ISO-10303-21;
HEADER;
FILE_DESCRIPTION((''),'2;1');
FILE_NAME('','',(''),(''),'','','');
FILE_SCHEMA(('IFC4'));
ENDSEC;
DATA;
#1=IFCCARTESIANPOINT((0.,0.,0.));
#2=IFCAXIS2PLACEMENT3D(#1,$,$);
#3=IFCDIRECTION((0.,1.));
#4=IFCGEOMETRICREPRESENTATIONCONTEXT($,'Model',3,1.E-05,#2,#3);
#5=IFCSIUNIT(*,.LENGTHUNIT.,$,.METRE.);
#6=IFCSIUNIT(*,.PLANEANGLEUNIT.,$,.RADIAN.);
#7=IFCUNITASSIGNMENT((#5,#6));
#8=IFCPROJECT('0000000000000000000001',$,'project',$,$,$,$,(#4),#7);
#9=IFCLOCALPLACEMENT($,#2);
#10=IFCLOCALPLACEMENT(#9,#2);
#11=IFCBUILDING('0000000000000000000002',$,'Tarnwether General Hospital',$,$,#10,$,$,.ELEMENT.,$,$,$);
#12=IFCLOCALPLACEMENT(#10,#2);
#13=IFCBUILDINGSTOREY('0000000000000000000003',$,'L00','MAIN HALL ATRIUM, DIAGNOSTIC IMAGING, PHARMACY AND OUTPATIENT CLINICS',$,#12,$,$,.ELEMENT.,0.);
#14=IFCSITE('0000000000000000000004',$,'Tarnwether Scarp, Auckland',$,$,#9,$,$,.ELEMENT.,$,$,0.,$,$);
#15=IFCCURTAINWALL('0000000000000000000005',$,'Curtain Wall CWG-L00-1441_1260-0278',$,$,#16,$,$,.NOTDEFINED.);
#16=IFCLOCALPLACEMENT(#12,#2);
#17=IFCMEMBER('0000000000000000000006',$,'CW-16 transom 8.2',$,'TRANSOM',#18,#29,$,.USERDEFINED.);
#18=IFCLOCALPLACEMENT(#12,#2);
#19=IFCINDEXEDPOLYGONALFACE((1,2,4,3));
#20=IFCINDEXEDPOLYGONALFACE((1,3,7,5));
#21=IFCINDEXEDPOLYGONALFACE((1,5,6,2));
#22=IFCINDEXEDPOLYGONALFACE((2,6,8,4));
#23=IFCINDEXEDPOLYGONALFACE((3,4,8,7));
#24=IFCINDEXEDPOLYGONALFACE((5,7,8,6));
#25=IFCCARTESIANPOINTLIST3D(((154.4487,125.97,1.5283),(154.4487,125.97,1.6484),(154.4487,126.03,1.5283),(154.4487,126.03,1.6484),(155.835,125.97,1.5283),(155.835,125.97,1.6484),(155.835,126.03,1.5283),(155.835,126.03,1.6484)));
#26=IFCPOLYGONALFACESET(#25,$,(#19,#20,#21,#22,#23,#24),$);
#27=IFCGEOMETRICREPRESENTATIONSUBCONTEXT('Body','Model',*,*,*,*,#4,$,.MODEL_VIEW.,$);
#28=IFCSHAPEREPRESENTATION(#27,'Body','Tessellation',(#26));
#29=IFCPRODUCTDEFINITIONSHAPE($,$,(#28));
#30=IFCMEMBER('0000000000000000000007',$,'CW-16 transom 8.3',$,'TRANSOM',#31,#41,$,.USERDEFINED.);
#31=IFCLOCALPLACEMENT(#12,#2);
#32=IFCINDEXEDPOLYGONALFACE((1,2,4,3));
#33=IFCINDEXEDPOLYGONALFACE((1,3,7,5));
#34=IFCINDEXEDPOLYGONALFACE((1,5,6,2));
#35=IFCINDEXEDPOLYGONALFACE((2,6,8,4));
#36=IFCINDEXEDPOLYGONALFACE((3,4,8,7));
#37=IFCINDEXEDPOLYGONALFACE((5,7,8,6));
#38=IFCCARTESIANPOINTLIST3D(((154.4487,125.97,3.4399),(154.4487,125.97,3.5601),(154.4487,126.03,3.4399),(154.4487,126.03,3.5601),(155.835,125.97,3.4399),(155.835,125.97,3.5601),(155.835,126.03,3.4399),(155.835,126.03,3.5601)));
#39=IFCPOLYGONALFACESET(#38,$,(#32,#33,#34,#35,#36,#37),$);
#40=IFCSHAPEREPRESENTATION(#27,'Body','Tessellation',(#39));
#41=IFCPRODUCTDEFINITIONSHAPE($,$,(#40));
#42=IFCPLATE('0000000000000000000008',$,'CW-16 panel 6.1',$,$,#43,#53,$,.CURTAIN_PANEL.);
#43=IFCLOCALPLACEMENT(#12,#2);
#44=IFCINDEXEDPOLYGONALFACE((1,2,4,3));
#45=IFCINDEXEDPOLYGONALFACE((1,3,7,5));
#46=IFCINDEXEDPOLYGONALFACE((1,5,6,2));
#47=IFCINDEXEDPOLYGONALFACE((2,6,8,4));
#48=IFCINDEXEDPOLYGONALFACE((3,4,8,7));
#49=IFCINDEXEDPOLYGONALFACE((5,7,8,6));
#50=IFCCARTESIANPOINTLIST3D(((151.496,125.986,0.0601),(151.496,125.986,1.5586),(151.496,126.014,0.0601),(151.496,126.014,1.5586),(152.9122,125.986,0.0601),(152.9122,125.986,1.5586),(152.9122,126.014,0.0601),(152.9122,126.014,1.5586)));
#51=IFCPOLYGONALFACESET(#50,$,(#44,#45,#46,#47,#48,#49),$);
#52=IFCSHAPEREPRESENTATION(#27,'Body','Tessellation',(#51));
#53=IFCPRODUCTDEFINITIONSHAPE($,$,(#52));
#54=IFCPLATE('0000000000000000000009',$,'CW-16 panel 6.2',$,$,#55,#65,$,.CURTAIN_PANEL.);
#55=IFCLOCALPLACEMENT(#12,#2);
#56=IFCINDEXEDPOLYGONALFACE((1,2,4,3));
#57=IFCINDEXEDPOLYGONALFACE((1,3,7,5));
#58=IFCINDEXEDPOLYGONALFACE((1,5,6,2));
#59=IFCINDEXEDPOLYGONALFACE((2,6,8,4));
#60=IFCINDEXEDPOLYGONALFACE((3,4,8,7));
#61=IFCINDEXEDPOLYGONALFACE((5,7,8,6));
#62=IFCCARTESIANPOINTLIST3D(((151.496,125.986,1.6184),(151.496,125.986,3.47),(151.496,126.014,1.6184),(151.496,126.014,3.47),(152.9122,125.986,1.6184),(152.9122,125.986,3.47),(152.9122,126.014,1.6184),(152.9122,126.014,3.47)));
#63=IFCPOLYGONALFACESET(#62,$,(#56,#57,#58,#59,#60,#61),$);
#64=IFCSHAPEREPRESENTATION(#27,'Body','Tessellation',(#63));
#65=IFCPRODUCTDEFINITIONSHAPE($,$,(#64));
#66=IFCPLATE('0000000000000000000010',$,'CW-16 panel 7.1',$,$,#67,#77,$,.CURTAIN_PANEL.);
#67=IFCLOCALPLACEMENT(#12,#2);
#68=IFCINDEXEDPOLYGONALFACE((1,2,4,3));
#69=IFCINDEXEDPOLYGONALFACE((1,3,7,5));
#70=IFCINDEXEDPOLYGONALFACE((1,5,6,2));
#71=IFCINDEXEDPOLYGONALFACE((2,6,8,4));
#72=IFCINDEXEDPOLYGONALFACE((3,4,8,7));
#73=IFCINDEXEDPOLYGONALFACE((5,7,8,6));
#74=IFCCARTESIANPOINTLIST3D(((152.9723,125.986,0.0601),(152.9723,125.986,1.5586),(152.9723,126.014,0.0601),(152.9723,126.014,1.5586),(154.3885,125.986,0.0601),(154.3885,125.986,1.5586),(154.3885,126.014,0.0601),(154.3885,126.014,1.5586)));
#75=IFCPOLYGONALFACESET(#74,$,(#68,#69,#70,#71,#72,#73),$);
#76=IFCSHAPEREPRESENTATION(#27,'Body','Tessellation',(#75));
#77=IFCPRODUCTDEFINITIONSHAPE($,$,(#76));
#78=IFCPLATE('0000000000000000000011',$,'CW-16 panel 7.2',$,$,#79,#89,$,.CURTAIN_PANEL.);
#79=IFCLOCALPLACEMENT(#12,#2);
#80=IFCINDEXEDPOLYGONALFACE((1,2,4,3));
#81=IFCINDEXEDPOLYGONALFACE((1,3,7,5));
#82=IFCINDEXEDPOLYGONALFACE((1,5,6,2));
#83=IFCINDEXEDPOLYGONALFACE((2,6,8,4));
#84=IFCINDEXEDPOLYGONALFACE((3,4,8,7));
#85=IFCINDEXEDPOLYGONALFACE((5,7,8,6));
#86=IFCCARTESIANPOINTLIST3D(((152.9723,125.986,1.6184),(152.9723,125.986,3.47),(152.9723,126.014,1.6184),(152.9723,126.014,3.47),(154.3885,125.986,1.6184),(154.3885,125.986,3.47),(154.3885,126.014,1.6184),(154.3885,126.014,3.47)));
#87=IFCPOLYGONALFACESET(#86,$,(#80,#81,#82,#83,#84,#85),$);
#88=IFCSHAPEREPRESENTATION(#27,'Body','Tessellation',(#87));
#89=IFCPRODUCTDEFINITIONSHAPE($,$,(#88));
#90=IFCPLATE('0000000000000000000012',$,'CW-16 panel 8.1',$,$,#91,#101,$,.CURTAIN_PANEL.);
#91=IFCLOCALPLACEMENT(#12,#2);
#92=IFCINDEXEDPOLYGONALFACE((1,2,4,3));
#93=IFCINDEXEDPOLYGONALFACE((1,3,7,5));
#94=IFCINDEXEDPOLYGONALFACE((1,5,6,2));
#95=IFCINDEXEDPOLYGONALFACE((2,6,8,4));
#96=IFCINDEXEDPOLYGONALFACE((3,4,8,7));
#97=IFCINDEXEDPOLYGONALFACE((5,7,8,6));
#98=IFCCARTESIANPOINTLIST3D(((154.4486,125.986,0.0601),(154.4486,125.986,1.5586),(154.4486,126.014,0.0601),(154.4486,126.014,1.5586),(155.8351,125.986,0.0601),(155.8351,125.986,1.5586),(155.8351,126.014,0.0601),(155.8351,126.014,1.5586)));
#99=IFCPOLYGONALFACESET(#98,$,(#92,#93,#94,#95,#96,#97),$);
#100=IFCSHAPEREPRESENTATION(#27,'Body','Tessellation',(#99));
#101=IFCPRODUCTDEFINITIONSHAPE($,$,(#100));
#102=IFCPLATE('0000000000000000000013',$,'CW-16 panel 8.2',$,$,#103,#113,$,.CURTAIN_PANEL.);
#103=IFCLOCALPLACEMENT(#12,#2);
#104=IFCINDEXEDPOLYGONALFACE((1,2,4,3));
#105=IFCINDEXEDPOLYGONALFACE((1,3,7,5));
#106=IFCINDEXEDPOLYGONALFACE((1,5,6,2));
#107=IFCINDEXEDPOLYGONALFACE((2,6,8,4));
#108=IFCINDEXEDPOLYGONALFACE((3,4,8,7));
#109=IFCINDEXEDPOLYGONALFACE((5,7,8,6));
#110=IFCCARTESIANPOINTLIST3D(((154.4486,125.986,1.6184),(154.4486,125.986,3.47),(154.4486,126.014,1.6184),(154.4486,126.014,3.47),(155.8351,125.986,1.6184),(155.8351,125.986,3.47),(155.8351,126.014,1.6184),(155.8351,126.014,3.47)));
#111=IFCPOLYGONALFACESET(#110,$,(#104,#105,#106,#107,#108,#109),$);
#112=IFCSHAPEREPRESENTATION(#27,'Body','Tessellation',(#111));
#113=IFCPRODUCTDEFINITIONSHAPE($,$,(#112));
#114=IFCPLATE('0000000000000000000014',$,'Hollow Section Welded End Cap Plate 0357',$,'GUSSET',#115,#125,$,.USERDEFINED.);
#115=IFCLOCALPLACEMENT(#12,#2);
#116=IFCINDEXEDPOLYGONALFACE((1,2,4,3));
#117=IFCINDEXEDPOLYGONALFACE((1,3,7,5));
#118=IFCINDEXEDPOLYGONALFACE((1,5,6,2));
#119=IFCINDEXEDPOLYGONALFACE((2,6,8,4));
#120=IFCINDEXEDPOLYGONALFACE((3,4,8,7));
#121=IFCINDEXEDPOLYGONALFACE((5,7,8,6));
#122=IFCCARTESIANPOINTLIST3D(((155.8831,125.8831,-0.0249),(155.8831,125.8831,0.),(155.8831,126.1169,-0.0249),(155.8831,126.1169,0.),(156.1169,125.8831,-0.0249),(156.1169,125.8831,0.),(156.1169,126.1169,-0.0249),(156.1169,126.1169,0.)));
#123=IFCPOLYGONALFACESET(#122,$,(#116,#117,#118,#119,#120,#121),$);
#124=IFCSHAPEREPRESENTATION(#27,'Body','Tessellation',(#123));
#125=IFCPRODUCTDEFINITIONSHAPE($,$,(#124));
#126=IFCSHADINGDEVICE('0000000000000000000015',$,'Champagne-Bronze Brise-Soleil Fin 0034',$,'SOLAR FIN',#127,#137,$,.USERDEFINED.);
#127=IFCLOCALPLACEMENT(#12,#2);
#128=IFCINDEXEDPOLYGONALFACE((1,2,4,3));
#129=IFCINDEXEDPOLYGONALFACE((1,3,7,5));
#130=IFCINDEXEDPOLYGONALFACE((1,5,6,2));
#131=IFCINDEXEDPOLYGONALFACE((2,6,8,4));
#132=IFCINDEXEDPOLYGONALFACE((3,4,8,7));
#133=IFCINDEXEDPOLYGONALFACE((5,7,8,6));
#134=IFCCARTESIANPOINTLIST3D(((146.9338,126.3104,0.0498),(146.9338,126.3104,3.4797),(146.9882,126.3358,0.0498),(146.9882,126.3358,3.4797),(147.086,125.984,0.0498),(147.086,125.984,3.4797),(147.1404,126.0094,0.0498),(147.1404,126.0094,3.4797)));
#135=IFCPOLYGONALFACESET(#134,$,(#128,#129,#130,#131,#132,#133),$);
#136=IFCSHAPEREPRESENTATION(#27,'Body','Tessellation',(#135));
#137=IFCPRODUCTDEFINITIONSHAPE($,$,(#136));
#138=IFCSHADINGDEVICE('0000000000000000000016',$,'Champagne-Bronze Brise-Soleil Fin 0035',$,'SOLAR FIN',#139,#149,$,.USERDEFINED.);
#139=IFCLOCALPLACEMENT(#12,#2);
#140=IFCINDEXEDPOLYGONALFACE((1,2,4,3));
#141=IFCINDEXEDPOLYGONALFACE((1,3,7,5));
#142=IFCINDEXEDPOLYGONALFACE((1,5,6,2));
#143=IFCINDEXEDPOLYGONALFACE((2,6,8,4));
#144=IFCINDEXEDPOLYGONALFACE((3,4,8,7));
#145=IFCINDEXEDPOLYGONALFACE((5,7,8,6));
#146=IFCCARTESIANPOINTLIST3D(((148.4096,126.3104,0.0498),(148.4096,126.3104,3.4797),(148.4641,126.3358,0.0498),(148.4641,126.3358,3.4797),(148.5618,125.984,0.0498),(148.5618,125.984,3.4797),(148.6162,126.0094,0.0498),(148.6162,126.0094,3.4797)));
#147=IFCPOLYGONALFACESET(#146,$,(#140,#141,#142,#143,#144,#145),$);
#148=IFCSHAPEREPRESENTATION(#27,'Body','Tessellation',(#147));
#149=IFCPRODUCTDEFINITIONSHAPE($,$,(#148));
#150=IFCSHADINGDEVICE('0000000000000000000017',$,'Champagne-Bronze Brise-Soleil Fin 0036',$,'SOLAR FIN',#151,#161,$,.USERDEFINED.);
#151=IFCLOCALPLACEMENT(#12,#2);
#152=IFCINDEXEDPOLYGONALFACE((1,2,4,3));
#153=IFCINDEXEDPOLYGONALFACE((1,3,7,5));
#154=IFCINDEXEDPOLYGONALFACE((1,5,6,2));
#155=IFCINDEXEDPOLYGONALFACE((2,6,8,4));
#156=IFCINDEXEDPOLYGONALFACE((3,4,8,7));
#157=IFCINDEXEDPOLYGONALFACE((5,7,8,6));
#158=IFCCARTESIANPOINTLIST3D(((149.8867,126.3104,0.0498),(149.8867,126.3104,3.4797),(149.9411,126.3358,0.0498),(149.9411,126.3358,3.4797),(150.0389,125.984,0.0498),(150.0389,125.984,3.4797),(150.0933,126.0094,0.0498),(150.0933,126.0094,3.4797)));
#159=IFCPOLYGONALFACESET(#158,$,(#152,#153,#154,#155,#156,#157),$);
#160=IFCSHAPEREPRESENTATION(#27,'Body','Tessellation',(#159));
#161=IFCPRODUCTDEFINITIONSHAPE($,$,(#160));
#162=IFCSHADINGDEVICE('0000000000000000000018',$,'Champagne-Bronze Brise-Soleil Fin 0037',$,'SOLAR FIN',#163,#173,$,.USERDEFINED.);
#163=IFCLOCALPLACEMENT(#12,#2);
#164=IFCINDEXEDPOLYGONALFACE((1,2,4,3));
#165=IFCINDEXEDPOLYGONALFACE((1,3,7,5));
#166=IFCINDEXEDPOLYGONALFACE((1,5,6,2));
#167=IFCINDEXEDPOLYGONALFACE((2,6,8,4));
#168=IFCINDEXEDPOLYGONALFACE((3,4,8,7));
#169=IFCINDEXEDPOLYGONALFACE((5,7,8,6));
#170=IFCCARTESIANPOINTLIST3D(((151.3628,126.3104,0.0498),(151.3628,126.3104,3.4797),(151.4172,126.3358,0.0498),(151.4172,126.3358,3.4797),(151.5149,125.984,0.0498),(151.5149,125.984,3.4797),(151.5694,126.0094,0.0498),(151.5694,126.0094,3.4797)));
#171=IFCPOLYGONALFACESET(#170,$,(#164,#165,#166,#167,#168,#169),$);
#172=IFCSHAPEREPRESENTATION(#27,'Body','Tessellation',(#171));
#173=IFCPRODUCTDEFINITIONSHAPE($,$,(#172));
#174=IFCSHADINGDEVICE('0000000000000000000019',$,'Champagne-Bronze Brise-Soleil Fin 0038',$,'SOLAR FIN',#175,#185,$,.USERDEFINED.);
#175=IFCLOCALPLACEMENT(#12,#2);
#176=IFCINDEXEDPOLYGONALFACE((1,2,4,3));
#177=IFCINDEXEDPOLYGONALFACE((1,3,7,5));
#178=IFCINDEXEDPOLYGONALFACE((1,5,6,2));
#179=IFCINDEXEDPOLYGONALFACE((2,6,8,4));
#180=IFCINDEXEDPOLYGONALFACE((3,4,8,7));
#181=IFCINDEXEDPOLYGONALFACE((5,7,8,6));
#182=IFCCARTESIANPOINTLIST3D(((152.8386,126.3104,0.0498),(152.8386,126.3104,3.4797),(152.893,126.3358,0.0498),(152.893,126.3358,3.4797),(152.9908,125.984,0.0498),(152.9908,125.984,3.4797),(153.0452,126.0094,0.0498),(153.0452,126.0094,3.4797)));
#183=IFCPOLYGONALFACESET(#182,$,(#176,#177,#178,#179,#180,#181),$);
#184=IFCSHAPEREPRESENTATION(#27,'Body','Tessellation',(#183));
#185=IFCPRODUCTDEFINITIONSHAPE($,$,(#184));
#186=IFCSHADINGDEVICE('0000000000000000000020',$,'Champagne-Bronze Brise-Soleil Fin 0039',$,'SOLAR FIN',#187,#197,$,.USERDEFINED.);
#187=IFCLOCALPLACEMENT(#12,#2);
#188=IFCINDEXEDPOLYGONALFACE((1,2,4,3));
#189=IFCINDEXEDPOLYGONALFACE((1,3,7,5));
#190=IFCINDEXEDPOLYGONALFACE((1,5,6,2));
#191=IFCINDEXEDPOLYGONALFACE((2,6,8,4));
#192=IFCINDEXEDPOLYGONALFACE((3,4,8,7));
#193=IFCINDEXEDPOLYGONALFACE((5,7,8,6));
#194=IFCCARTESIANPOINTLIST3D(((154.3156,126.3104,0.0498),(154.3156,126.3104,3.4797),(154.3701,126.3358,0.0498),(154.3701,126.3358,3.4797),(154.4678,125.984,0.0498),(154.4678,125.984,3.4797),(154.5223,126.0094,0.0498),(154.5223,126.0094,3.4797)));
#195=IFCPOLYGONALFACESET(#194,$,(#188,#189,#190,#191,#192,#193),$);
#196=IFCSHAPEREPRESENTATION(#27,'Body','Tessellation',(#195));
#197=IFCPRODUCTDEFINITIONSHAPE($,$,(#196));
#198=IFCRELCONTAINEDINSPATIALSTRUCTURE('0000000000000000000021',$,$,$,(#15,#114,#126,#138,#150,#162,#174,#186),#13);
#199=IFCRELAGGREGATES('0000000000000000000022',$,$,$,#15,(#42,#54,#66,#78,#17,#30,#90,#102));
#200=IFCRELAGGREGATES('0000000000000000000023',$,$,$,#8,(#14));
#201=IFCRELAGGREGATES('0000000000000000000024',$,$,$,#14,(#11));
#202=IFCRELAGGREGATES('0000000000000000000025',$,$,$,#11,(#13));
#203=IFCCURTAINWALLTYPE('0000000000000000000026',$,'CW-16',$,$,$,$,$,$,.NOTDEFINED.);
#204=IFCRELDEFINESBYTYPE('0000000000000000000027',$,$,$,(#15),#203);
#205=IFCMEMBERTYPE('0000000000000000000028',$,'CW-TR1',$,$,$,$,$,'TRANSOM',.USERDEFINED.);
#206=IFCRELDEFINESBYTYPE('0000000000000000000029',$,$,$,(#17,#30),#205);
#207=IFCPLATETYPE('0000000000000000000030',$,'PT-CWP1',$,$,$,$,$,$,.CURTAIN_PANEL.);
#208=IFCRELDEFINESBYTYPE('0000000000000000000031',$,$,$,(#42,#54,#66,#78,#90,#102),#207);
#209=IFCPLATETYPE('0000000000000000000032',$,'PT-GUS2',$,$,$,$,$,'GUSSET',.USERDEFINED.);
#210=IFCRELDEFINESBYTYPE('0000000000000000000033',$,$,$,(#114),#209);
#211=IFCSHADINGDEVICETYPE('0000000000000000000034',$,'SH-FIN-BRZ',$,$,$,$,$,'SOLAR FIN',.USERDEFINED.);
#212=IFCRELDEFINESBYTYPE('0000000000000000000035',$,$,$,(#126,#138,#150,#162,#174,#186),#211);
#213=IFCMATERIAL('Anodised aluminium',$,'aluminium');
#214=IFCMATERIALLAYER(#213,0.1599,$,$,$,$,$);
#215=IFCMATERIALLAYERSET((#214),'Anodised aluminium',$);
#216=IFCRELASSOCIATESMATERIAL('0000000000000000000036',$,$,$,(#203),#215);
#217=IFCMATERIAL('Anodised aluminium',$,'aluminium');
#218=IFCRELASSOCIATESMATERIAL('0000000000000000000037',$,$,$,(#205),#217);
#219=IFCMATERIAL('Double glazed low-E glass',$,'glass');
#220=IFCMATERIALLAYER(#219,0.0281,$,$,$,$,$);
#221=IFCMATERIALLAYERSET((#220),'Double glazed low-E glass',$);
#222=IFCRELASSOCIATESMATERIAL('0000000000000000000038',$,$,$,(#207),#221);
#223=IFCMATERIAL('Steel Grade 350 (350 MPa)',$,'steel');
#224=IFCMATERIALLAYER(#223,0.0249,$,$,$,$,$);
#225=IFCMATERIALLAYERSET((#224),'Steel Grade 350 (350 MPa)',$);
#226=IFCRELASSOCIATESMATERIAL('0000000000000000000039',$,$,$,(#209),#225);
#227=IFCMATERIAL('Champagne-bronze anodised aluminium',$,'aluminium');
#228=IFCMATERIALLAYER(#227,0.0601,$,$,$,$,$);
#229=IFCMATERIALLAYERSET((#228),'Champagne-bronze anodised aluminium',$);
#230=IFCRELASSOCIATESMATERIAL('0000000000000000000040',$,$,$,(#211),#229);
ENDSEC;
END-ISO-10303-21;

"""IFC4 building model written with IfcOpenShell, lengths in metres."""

from ifc_helpers import new_model, si_unit, direction, frame, origin, origin_2d, place, context, subcontext, project, spatial, rectangle, extrude, material, layer, layer_set, material_profile, profile_set, type_object, element, aggregate, save


model = new_model("IFC4")

# Units and contexts
model_context = context("Model", 3, precision=1e-05, world=origin(), true_north=direction((0.0, 1.0)))
body_context = subcontext(model_context, "Body", "Model", "MODEL_VIEW")
ifc_project = project(units=[si_unit("LENGTHUNIT", "METRE"), si_unit("PLANEANGLEUNIT", "RADIAN")], contexts=[model_context])

# Site, building, storey
site_placement = place(None, origin())
site = spatial("IfcSite", under=ifc_project, at=site_placement, Name="Tarnwether Scarp, Auckland", CompositionType="ELEMENT", RefElevation=0.0)
building_placement = place(site_placement, origin())
building = spatial("IfcBuilding", under=site, at=building_placement, Name="Tarnwether General Hospital", CompositionType="ELEMENT")
storey_placement = place(building_placement, origin())
storey = spatial("IfcBuildingStorey", under=building, at=storey_placement, Name="L00", Description="MAIN HALL ATRIUM, DIAGNOSTIC IMAGING, PHARMACY AND OUTPATIENT CLINICS", CompositionType="ELEMENT", Elevation=0.0)

# Curtain wall, members, plates
ifc_material_1 = material(Name="Anodised aluminium", Category="aluminium")
ifc_layer_1 = layer(ifc_material_1, 0.1599)
ifc_layer_set_1 = layer_set([ifc_layer_1], Name="Anodised aluminium")
curtain_wall_type = type_object("IfcCurtainWallType", Name="CW-16", PredefinedType="NOTDEFINED", material=ifc_layer_set_1)
curtain_wall_placement = place(storey_placement, origin())
curtain_wall = element("IfcCurtainWall", 1, at=curtain_wall_placement, inside=storey, type_object=curtain_wall_type, Name="Curtain Wall CWG-L00-1441_1260-0278", PredefinedType="NOTDEFINED")
ifc_material_2 = material(Name="Anodised aluminium", Category="aluminium")
ifc_material_profile_1 = material_profile(ifc_material_2, rectangle(XDim=0.0601, YDim=0.1201, at=origin_2d()), Name="ALU-TRN-60x120")
ifc_profile_set_1 = profile_set([ifc_material_profile_1], Name="Anodised aluminium")
member_type_1 = type_object("IfcMemberType", Name="CW-TR1", ElementType="TRANSOM", PredefinedType="USERDEFINED", material=ifc_profile_set_1)
member_1_placement = place(storey_placement, frame((154.4487, 126.0, 1.5884), z_axis=(1.0, 0.0, 0.0), x_axis=(0.0, 1.0, 0.0)))
member_1 = element("IfcMember", 2, at=member_1_placement, type_object=member_type_1, Name="CW-16 transom 8.2", ObjectType="TRANSOM", PredefinedType="USERDEFINED", context=body_context, shape_type="SweptSolid", body=[
    extrude(rectangle(XDim=0.0601, YDim=0.1201, at=origin_2d()), origin(), (0.0, 0.0, 1.0), 1.3862),
])
member_2_placement = place(storey_placement, frame((154.4487, 126.0, 3.5), z_axis=(1.0, 0.0, 0.0), x_axis=(0.0, 1.0, 0.0)))
member_2 = element("IfcMember", 3, at=member_2_placement, type_object=member_type_1, Name="CW-16 transom 8.3", ObjectType="TRANSOM", PredefinedType="USERDEFINED", context=body_context, shape_type="SweptSolid", body=[
    extrude(rectangle(XDim=0.0601, YDim=0.1201, at=origin_2d()), origin(), (0.0, 0.0, 1.0), 1.3862),
])
ifc_material_3 = material(Name="Double glazed low-E glass", Category="glass")
ifc_layer_2 = layer(ifc_material_3, 0.0281)
ifc_layer_set_2 = layer_set([ifc_layer_2], Name="Double glazed low-E glass")
plate_type_1 = type_object("IfcPlateType", Name="PT-CWP1", PredefinedType="CURTAIN_PANEL", material=ifc_layer_set_2)
plate_1_placement = place(storey_placement, frame((152.2041, 126.0, 0.0601), z_axis=(0.0, 0.0, 1.0), x_axis=(1.0, 0.0, 0.0)))
plate_1 = element("IfcPlate", 4, at=plate_1_placement, type_object=plate_type_1, Name="CW-16 panel 6.1", PredefinedType="CURTAIN_PANEL", context=body_context, shape_type="SweptSolid", body=[
    extrude(rectangle(XDim=1.4163, YDim=0.0281, at=origin_2d()), origin(), (0.0, 0.0, 1.0), 1.4985),
])
plate_2_placement = place(storey_placement, frame((152.2041, 126.0, 1.6184), z_axis=(0.0, 0.0, 1.0), x_axis=(1.0, 0.0, 0.0)))
plate_2 = element("IfcPlate", 5, at=plate_2_placement, type_object=plate_type_1, Name="CW-16 panel 6.2", PredefinedType="CURTAIN_PANEL", context=body_context, shape_type="SweptSolid", body=[
    extrude(rectangle(XDim=1.4163, YDim=0.0281, at=origin_2d()), origin(), (0.0, 0.0, 1.0), 1.8516),
])
plate_3_placement = place(storey_placement, frame((153.6804, 126.0, 0.0601), z_axis=(0.0, 0.0, 1.0), x_axis=(1.0, 0.0, 0.0)))
plate_3 = element("IfcPlate", 6, at=plate_3_placement, type_object=plate_type_1, Name="CW-16 panel 7.1", PredefinedType="CURTAIN_PANEL", context=body_context, shape_type="SweptSolid", body=[
    extrude(rectangle(XDim=1.4163, YDim=0.0281, at=origin_2d()), origin(), (0.0, 0.0, 1.0), 1.4985),
])
plate_4_placement = place(storey_placement, frame((153.6804, 126.0, 1.6184), z_axis=(0.0, 0.0, 1.0), x_axis=(1.0, 0.0, 0.0)))
plate_4 = element("IfcPlate", 7, at=plate_4_placement, type_object=plate_type_1, Name="CW-16 panel 7.2", PredefinedType="CURTAIN_PANEL", context=body_context, shape_type="SweptSolid", body=[
    extrude(rectangle(XDim=1.4163, YDim=0.0281, at=origin_2d()), origin(), (0.0, 0.0, 1.0), 1.8516),
])
plate_5_placement = place(storey_placement, frame((155.1418, 126.0, 0.0601), z_axis=(0.0, 0.0, 1.0), x_axis=(1.0, 0.0, 0.0)))
plate_5 = element("IfcPlate", 8, at=plate_5_placement, type_object=plate_type_1, Name="CW-16 panel 8.1", PredefinedType="CURTAIN_PANEL", context=body_context, shape_type="SweptSolid", body=[
    extrude(rectangle(XDim=1.3865, YDim=0.0281, at=origin_2d()), origin(), (0.0, 0.0, 1.0), 1.4985),
])
plate_6_placement = place(storey_placement, frame((155.1418, 126.0, 1.6184), z_axis=(0.0, 0.0, 1.0), x_axis=(1.0, 0.0, 0.0)))
plate_6 = element("IfcPlate", 9, at=plate_6_placement, type_object=plate_type_1, Name="CW-16 panel 8.2", PredefinedType="CURTAIN_PANEL", context=body_context, shape_type="SweptSolid", body=[
    extrude(rectangle(XDim=1.3865, YDim=0.0281, at=origin_2d()), origin(), (0.0, 0.0, 1.0), 1.8516),
])
aggregate(curtain_wall, [plate_1, plate_2, plate_3, plate_4, member_1, member_2, plate_5, plate_6])

# Plate
ifc_material_4 = material(Name="Steel Grade 350 (350 MPa)", Category="steel")
ifc_layer_3 = layer(ifc_material_4, 0.0249)
ifc_layer_set_3 = layer_set([ifc_layer_3], Name="Steel Grade 350 (350 MPa)")
plate_type_2 = type_object("IfcPlateType", Name="PT-GUS2", ElementType="GUSSET", PredefinedType="USERDEFINED", material=ifc_layer_set_3)
plate_7_placement = place(storey_placement, frame((156.0, 126.0, -0.0249), z_axis=(0.0, 0.0, 1.0), x_axis=(1.0, 0.0, 0.0)))
element("IfcPlate", 10, at=plate_7_placement, inside=storey, type_object=plate_type_2, Name="Hollow Section Welded End Cap Plate 0357", ObjectType="GUSSET", PredefinedType="USERDEFINED", context=body_context, shape_type="SweptSolid", body=[
    extrude(rectangle(XDim=0.2339, YDim=0.2339, at=origin_2d()), origin(), (0.0, 0.0, 1.0), 0.0249),
])

# Shading devices
ifc_material_5 = material(Name="Champagne-bronze anodised aluminium", Category="aluminium")
ifc_layer_4 = layer(ifc_material_5, 0.0601)
ifc_layer_set_4 = layer_set([ifc_layer_4], Name="Champagne-bronze anodised aluminium")
shading_device_type = type_object("IfcShadingDeviceType", Name="SH-FIN-BRZ", ElementType="SOLAR FIN", PredefinedType="USERDEFINED", material=ifc_layer_set_4)
for number, where, z_axis, x_axis, name in (
    (11, (147.0371, 126.1599, 0.0498), (0.0, 0.0, 1.0), (0.906308, 0.422618, 0.0), "Champagne-Bronze Brise-Soleil Fin 0034"),
    (12, (148.5129, 126.1599, 0.0498), (0.0, 0.0, 1.0), (0.906308, 0.422618, 0.0), "Champagne-Bronze Brise-Soleil Fin 0035"),
    (13, (149.99, 126.1599, 0.0498), (0.0, 0.0, 1.0), (0.906308, 0.422618, 0.0), "Champagne-Bronze Brise-Soleil Fin 0036"),
    (14, (151.4661, 126.1599, 0.0498), (0.0, 0.0, 1.0), (0.906308, 0.422618, 0.0), "Champagne-Bronze Brise-Soleil Fin 0037"),
    (15, (152.9419, 126.1599, 0.0498), (0.0, 0.0, 1.0), (0.906308, 0.422618, 0.0), "Champagne-Bronze Brise-Soleil Fin 0038"),
    (16, (154.4189, 126.1599, 0.0498), (0.0, 0.0, 1.0), (0.906308, 0.422618, 0.0), "Champagne-Bronze Brise-Soleil Fin 0039"),
):
    element("IfcShadingDevice", number, at=place(storey_placement, frame(where, z_axis=z_axis, x_axis=x_axis)), inside=storey, type_object=shading_device_type, Name=name, ObjectType="SOLAR FIN", PredefinedType="USERDEFINED", context=body_context, shape_type="SweptSolid", body=[
        extrude(rectangle(XDim=0.0601, YDim=0.3601, at=origin_2d()), origin(), (0.0, 0.0, 1.0), 3.4299),
    ])

save(model, "model.ifc")
